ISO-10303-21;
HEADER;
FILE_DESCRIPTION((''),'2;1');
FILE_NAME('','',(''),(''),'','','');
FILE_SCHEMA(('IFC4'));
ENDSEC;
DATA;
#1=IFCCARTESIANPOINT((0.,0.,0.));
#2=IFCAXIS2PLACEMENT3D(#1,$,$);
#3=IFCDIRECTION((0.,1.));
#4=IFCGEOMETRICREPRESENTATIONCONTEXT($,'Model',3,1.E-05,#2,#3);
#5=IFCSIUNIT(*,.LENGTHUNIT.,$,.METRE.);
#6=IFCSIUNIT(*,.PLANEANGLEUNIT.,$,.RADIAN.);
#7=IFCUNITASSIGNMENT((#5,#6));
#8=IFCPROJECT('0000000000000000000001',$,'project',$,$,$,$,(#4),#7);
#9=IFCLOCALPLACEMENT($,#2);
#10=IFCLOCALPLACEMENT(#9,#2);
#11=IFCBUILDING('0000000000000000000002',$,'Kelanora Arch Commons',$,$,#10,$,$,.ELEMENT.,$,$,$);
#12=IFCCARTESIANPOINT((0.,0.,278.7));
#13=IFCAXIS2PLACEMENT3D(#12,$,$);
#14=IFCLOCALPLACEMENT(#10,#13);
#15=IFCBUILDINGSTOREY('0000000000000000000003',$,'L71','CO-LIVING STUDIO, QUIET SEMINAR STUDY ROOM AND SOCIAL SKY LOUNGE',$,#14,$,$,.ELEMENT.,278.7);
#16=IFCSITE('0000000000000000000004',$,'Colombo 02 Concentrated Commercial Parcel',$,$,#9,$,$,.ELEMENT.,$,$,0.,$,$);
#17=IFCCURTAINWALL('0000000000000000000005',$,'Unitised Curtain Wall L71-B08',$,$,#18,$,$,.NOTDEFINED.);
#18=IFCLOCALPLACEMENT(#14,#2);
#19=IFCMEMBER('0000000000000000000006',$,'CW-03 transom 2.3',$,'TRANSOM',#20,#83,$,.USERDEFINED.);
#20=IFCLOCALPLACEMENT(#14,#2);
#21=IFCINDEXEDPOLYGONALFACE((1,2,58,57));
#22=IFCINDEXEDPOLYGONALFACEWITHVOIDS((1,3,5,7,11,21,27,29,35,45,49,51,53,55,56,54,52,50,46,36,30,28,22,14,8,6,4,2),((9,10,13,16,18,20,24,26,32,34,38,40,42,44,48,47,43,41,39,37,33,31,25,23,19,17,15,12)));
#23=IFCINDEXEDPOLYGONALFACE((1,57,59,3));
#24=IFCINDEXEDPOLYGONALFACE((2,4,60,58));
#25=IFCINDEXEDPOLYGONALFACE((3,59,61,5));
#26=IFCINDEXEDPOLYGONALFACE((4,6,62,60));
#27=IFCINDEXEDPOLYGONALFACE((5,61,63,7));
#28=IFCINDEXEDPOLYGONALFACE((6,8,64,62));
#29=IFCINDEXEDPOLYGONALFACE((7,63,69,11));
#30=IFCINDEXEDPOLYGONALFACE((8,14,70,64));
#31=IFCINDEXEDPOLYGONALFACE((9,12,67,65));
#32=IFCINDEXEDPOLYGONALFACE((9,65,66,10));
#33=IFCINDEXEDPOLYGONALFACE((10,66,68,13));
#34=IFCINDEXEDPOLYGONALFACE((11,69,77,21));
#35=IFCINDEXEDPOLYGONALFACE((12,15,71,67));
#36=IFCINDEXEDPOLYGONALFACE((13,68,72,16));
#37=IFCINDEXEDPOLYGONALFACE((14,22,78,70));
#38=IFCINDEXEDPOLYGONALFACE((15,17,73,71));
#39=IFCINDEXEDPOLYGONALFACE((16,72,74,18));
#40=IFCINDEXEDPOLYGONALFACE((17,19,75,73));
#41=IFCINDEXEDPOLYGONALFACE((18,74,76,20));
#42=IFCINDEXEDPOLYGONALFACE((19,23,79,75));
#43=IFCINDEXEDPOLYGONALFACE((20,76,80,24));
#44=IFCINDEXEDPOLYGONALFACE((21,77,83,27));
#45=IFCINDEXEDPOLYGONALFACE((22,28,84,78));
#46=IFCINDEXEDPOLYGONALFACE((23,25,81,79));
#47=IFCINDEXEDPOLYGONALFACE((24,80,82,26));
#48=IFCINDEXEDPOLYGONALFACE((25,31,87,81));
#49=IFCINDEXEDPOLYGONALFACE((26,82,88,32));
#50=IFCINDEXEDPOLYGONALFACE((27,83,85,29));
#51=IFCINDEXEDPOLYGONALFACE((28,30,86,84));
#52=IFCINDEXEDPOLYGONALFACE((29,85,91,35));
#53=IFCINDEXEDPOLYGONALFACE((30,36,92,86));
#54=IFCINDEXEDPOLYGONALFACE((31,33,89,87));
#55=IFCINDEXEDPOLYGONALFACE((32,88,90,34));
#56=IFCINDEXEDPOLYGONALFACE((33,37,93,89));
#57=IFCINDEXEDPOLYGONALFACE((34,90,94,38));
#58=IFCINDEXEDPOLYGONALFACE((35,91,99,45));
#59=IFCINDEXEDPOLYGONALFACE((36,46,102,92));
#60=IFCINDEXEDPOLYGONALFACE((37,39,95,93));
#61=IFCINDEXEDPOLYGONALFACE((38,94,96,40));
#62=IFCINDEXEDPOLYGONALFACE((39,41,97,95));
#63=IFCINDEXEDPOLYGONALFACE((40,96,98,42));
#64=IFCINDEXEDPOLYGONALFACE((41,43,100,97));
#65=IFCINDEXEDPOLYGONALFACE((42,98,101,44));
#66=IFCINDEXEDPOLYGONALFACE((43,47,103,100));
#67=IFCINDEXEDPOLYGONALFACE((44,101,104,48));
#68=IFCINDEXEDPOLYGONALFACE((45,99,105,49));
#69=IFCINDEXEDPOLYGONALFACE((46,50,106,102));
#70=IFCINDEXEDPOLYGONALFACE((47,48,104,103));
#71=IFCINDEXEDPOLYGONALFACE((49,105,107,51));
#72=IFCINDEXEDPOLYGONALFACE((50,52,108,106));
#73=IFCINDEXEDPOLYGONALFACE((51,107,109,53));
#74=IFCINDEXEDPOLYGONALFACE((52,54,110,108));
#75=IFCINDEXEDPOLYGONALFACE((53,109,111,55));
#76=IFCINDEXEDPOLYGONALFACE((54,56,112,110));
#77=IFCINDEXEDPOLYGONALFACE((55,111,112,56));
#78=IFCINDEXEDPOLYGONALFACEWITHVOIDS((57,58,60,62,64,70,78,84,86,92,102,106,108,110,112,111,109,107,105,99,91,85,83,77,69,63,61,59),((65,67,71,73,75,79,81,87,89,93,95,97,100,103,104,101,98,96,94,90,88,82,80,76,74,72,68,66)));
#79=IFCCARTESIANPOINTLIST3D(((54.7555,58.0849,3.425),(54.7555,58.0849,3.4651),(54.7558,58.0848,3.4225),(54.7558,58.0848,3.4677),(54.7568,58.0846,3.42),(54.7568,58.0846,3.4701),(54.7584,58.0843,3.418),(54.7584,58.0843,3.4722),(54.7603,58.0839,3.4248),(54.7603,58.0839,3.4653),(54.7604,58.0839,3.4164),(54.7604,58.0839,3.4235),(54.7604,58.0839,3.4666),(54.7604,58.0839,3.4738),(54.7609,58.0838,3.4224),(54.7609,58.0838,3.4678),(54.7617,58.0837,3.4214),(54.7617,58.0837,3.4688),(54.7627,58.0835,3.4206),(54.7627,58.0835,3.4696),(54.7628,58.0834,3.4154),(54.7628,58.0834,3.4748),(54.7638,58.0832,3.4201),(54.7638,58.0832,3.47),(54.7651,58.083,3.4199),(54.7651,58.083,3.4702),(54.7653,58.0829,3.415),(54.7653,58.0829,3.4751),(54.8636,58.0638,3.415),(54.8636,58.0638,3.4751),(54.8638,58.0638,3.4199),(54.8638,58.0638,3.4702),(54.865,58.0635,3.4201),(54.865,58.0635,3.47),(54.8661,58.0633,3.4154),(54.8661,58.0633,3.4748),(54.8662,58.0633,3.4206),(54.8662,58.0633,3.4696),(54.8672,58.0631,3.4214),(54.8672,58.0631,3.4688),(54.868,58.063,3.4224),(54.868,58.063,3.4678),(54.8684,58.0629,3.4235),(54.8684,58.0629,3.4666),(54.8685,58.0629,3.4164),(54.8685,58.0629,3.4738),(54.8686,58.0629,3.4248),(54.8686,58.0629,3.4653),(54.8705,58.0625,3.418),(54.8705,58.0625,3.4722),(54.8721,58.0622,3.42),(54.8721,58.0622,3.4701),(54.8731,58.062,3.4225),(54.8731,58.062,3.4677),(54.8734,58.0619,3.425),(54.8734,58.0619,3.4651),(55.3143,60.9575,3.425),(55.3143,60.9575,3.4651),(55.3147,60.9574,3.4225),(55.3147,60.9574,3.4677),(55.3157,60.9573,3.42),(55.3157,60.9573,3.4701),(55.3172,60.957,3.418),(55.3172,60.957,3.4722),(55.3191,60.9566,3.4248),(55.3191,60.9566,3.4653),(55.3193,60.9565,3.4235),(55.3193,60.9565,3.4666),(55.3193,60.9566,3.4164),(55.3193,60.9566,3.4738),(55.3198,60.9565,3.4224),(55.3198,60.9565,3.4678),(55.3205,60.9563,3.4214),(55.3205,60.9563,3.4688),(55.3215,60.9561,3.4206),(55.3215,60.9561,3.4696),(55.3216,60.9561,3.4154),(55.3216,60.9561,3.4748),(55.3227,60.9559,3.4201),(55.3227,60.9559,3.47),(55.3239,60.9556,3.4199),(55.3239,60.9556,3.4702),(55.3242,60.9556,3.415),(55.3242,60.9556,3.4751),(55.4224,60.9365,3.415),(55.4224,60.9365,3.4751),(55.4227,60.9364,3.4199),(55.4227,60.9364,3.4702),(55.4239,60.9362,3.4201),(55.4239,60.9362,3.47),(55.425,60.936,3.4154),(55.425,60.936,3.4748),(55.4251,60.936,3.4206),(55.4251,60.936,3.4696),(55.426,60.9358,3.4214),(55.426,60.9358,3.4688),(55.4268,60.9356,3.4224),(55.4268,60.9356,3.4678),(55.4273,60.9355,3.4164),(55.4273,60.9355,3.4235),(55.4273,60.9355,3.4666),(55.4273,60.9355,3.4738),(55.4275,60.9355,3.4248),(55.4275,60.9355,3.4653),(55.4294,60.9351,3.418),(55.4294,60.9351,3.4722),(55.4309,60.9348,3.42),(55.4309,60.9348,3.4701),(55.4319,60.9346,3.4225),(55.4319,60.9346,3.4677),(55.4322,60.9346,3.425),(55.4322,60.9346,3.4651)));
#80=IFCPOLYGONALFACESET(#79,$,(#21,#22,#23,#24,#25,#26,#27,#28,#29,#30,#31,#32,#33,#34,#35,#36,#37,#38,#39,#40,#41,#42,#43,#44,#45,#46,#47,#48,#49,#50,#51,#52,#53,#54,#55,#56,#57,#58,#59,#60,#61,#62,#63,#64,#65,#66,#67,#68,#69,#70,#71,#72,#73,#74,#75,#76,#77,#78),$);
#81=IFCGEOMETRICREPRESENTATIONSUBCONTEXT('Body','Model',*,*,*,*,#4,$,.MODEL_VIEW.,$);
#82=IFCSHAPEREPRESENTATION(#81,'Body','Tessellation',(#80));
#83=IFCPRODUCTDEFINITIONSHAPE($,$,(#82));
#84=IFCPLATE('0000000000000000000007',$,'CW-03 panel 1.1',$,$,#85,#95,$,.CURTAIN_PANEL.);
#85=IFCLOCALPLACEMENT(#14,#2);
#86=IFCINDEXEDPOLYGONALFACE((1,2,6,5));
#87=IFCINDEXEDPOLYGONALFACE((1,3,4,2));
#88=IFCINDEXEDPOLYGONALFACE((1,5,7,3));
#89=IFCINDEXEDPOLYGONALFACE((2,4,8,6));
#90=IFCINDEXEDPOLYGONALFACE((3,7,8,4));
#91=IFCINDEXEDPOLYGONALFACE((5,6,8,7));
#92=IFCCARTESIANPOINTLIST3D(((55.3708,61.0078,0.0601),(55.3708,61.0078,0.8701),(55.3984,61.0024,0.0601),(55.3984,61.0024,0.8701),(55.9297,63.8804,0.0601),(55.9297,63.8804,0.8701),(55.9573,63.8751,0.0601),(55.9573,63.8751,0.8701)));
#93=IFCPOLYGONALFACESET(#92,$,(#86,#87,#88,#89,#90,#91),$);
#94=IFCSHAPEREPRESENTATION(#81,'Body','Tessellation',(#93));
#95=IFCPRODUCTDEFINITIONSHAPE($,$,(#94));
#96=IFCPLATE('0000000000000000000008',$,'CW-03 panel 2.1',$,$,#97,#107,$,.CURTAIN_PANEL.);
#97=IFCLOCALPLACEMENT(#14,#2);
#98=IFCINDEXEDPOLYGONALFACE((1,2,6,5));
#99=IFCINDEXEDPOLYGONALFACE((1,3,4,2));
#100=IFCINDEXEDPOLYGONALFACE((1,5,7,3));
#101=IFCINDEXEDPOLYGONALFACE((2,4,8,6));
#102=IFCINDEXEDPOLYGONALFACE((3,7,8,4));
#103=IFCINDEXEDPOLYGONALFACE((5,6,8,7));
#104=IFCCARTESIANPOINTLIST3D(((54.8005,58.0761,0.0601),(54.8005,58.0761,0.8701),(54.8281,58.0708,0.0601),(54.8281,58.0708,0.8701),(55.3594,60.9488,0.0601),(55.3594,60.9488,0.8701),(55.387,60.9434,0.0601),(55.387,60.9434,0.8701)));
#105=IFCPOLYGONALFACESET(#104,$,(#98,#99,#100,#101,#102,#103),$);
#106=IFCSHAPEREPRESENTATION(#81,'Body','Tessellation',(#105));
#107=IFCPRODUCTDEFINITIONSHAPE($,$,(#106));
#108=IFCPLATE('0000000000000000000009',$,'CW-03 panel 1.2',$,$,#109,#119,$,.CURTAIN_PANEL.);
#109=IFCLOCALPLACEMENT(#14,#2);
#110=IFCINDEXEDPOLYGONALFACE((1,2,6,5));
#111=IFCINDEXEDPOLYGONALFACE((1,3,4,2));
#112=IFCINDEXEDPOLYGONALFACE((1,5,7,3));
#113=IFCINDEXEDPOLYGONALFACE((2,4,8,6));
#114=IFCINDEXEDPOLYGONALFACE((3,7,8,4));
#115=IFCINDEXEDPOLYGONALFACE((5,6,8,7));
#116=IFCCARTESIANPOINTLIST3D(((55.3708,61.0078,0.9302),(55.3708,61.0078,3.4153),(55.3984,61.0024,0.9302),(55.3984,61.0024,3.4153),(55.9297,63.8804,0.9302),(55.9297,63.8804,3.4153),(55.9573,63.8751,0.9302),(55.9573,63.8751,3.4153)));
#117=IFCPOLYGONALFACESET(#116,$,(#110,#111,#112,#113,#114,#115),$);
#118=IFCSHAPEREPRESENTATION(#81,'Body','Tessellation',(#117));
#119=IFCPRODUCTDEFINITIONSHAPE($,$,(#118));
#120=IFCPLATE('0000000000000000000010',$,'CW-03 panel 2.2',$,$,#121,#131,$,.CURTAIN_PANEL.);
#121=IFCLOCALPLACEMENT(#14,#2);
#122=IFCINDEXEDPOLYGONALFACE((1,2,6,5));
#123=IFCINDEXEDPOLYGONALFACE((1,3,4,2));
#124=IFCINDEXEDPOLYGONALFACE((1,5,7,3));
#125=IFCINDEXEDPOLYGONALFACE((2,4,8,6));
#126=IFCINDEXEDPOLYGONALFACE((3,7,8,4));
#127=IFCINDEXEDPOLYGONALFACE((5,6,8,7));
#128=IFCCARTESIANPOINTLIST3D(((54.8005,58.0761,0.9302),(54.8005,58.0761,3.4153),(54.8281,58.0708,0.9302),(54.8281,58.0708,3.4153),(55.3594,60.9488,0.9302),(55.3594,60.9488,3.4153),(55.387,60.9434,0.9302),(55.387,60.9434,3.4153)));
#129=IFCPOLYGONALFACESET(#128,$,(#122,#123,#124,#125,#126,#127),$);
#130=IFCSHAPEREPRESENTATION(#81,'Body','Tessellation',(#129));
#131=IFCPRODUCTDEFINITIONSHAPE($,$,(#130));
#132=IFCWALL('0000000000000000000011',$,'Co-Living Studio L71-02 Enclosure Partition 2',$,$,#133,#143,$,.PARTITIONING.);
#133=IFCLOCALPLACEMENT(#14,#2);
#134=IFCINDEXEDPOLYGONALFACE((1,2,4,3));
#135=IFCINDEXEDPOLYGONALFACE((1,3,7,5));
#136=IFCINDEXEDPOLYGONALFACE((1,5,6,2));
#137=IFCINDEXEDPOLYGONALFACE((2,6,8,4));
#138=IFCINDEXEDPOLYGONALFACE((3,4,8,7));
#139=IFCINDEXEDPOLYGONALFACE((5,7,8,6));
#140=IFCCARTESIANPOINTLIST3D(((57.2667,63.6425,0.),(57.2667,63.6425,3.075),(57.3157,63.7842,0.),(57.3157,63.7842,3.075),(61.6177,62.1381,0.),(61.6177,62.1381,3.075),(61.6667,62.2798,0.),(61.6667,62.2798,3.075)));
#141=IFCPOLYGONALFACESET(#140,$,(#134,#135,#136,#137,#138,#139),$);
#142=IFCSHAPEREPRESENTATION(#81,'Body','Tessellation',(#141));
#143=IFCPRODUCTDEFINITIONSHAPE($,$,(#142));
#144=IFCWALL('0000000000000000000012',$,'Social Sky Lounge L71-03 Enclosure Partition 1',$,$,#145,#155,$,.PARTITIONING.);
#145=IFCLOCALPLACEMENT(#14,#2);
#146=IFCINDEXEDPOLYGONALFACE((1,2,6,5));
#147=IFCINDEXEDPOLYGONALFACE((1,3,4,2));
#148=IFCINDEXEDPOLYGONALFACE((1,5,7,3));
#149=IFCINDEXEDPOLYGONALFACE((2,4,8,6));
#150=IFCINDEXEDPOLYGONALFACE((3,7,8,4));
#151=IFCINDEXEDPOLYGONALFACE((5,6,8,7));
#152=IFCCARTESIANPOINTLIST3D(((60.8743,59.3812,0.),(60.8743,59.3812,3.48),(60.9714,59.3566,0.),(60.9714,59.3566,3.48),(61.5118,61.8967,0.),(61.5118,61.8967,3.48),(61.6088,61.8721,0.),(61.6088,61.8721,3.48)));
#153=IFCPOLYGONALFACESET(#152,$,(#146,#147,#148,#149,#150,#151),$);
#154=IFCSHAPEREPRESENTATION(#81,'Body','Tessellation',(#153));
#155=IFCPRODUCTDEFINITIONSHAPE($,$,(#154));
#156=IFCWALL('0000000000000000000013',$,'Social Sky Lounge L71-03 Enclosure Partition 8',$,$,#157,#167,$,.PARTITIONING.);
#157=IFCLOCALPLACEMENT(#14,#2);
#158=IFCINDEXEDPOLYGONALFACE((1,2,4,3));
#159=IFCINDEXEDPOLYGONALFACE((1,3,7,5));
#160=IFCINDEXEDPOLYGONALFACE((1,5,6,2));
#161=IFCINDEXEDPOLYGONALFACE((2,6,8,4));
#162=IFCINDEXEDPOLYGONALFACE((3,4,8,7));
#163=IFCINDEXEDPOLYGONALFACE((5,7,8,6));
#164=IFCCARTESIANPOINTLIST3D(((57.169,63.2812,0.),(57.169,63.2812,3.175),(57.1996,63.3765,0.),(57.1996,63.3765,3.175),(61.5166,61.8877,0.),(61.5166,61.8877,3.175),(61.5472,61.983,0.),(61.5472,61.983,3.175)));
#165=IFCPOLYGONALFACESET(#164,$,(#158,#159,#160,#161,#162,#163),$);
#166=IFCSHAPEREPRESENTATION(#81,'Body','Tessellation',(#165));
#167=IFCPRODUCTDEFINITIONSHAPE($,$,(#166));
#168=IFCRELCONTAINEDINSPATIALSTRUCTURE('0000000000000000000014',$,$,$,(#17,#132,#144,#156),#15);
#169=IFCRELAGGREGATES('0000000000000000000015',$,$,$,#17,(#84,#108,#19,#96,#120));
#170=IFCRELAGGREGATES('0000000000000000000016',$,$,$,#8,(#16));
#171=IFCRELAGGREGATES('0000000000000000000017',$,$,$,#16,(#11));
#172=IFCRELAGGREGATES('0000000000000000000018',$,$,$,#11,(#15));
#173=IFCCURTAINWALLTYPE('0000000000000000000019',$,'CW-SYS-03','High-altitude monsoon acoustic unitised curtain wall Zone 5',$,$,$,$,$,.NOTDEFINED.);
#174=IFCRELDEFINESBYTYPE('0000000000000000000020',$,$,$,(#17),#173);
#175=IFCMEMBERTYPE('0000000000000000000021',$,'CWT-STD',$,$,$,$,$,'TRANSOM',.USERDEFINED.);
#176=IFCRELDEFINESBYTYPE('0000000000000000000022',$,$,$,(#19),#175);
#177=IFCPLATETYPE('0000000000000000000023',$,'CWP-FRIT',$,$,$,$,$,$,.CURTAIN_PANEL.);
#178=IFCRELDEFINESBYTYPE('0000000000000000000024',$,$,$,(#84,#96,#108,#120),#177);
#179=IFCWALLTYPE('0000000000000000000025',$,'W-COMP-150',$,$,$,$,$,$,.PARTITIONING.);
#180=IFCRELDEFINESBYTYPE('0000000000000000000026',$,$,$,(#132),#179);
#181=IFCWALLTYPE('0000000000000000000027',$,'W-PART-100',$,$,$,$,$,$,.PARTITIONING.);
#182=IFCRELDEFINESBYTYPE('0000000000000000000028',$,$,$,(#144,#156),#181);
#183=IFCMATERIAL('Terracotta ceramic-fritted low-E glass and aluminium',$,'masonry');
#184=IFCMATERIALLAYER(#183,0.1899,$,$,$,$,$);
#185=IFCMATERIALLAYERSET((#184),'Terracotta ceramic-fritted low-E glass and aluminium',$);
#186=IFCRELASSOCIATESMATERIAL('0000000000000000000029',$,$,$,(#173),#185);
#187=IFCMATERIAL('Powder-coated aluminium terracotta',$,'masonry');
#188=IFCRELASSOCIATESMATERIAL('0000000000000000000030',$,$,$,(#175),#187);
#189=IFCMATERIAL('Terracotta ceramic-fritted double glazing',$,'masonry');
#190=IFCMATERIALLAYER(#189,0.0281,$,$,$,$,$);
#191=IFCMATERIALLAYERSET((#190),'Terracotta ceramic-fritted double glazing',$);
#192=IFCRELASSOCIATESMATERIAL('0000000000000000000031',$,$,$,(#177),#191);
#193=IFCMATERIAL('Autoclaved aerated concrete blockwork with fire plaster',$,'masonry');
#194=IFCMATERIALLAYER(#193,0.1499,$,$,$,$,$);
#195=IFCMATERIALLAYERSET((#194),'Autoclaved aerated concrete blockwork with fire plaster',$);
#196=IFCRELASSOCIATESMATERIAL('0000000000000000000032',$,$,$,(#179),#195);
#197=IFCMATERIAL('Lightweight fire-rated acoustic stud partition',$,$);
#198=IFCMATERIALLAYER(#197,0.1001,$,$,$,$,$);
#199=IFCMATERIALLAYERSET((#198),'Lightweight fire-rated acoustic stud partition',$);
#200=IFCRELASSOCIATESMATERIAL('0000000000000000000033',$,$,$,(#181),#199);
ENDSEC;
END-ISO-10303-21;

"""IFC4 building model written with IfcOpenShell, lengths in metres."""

from ifc_helpers import new_model, si_unit, direction, frame, frame_2d, origin, origin_2d, place, context, subcontext, project, spatial, rectangle, hollow_rectangle, extrude, source, transform, mapped, material, layer, layer_set, material_profile, profile_set, type_object, element, aggregate, save


model = new_model("IFC4")

# Units and contexts
model_context = context("Model", 3, precision=1e-05, world=origin(), true_north=direction((0.0, 1.0)))
body_context = subcontext(model_context, "Body", "Model", "MODEL_VIEW")
ifc_project = project(units=[si_unit("LENGTHUNIT", "METRE"), si_unit("PLANEANGLEUNIT", "RADIAN")], contexts=[model_context])

# Site, building, storey
site_placement = place(None, origin())
site = spatial("IfcSite", under=ifc_project, at=site_placement, Name="Colombo 02 Concentrated Commercial Parcel", CompositionType="ELEMENT", RefElevation=0.0)
building_placement = place(site_placement, origin())
building = spatial("IfcBuilding", under=site, at=building_placement, Name="Kelanora Arch Commons", CompositionType="ELEMENT")
storey_placement = place(building_placement, frame((0.0, 0.0, 278.7)))
storey = spatial("IfcBuildingStorey", under=building, at=storey_placement, Name="L71", Description="CO-LIVING STUDIO, QUIET SEMINAR STUDY ROOM AND SOCIAL SKY LOUNGE", CompositionType="ELEMENT", Elevation=278.7)

# Curtain wall, member, plates
ifc_material_1 = material(Name="Terracotta ceramic-fritted low-E glass and aluminium", Category="masonry")
ifc_layer_1 = layer(ifc_material_1, 0.1899)
ifc_layer_set_1 = layer_set([ifc_layer_1], Name="Terracotta ceramic-fritted low-E glass and aluminium")
curtain_wall_type = type_object("IfcCurtainWallType", Name="CW-SYS-03", Description="High-altitude monsoon acoustic unitised curtain wall Zone 5", PredefinedType="NOTDEFINED", material=ifc_layer_set_1)
curtain_wall_placement = place(storey_placement, origin())
curtain_wall = element("IfcCurtainWall", 1, at=curtain_wall_placement, inside=storey, type_object=curtain_wall_type, Name="Unitised Curtain Wall L71-B08", PredefinedType="NOTDEFINED")
ifc_material_2 = material(Name="Powder-coated aluminium terracotta", Category="masonry")
ifc_material_profile_1 = material_profile(ifc_material_2, hollow_rectangle(XDim=0.1201, YDim=0.0601, WallThickness=0.0049, InnerFilletRadius=0.0049, OuterFilletRadius=0.01, at=origin_2d()), Name="CWT120x60")
ifc_profile_set_1 = profile_set([ifc_material_profile_1], Name="Powder-coated aluminium terracotta")
member_type_1 = type_object("IfcMemberType", Name="CWT-STD", ElementType="TRANSOM", PredefinedType="USERDEFINED", material=ifc_profile_set_1)
member_1_placement = place(storey_placement, frame((55.3733, 60.946, 3.4451), z_axis=(-0.190963, -0.981597, 0.0), x_axis=(0.981597, -0.190963, 0.0)))
member_1 = element("IfcMember", 2, at=member_1_placement, type_object=member_type_1, Name="CW-03 transom 2.3", ObjectType="TRANSOM", PredefinedType="USERDEFINED", context=body_context, shape_type="SweptSolid", body=[
    extrude(hollow_rectangle(XDim=0.1201, YDim=0.0601, WallThickness=0.0049, InnerFilletRadius=0.0049, OuterFilletRadius=0.01, at=origin_2d()), origin(), (0.0, 0.0, 1.0), 2.9265),
])
ifc_material_3 = material(Name="Terracotta ceramic-fritted double glazing", Category="masonry")
ifc_layer_2 = layer(ifc_material_3, 0.0281)
ifc_layer_set_2 = layer_set([ifc_layer_2], Name="Terracotta ceramic-fritted double glazing")
plate_type = type_object("IfcPlateType", Name="CWP-FRIT", PredefinedType="CURTAIN_PANEL", material=ifc_layer_set_2)
shared_shape_1 = source(origin(), body_context, "Body", "SweptSolid", [
    extrude(rectangle(XDim=2.9265, YDim=0.0281, at=origin_2d()), origin(), (0.0, 0.0, 1.0), 0.8101),
])
plate_1_placement = place(storey_placement, frame((55.6641, 62.4414, 0.0601), z_axis=(0.0, 0.0, 1.0), x_axis=(-0.190972, -0.981596, 0.0)))
plate_1 = element("IfcPlate", 3, at=plate_1_placement, type_object=plate_type, Name="CW-03 panel 1.1", PredefinedType="CURTAIN_PANEL", context=body_context, shape_type="MappedRepresentation", body=[
    mapped(shared_shape_1, transform((0.0, 0.0, 0.0), scale=1.0)),
])
plate_2_placement = place(storey_placement, frame((55.0938, 59.5098, 0.0601), z_axis=(0.0, 0.0, 1.0), x_axis=(-0.190972, -0.981596, 0.0)))
plate_2 = element("IfcPlate", 4, at=plate_2_placement, type_object=plate_type, Name="CW-03 panel 2.1", PredefinedType="CURTAIN_PANEL", context=body_context, shape_type="MappedRepresentation", body=[
    mapped(shared_shape_1, transform((0.0, 0.0, 0.0), scale=1.0)),
])
shared_shape_2 = source(origin(), body_context, "Body", "SweptSolid", [
    extrude(rectangle(XDim=2.9265, YDim=0.0281, at=origin_2d()), origin(), (0.0, 0.0, 1.0), 2.4851),
])
plate_3_placement = place(storey_placement, frame((55.6641, 62.4414, 0.9302), z_axis=(0.0, 0.0, 1.0), x_axis=(-0.190972, -0.981596, 0.0)))
plate_3 = element("IfcPlate", 5, at=plate_3_placement, type_object=plate_type, Name="CW-03 panel 1.2", PredefinedType="CURTAIN_PANEL", context=body_context, shape_type="MappedRepresentation", body=[
    mapped(shared_shape_2, transform((0.0, 0.0, 0.0), scale=1.0)),
])
plate_4_placement = place(storey_placement, frame((55.0938, 59.5098, 0.9302), z_axis=(0.0, 0.0, 1.0), x_axis=(-0.190972, -0.981596, 0.0)))
plate_4 = element("IfcPlate", 6, at=plate_4_placement, type_object=plate_type, Name="CW-03 panel 2.2", PredefinedType="CURTAIN_PANEL", context=body_context, shape_type="MappedRepresentation", body=[
    mapped(shared_shape_2, transform((0.0, 0.0, 0.0), scale=1.0)),
])
aggregate(curtain_wall, [plate_1, plate_3, member_1, plate_2, plate_4])

# Walls
ifc_material_4 = material(Name="Autoclaved aerated concrete blockwork with fire plaster", Category="masonry")
ifc_layer_3 = layer(ifc_material_4, 0.1499)
ifc_layer_set_3 = layer_set([ifc_layer_3], Name="Autoclaved aerated concrete blockwork with fire plaster")
wall_type_1 = type_object("IfcWallType", Name="W-COMP-150", PredefinedType="PARTITIONING", material=ifc_layer_set_3)
wall_1_placement = place(storey_placement, frame((61.6421, 62.209, 0.0), z_axis=(0.0, 0.0, 1.0), x_axis=(-0.945103, 0.326772, 0.0)))
element("IfcWall", 7, at=wall_1_placement, inside=storey, type_object=wall_type_1, Name="Co-Living Studio L71-02 Enclosure Partition 2", PredefinedType="PARTITIONING", context=body_context, shape_type="SweptSolid", body=[
    extrude(rectangle(XDim=4.6038, YDim=0.1499, at=frame_2d((2.3018, 0.0))), origin(), (0.0, 0.0, 1.0), 3.075),
])
ifc_material_5 = material(Name="Lightweight fire-rated acoustic stud partition")
ifc_layer_4 = layer(ifc_material_5, 0.1001)
ifc_layer_set_4 = layer_set([ifc_layer_4], Name="Lightweight fire-rated acoustic stud partition")
wall_type_2 = type_object("IfcWallType", Name="W-PART-100", PredefinedType="PARTITIONING", material=ifc_layer_set_4)
wall_2_placement = place(storey_placement, frame((61.5603, 61.8843, 0.0), z_axis=(0.0, 0.0, 1.0), x_axis=(-0.245656, -0.969357, 0.0)))
element("IfcWall", 8, at=wall_2_placement, inside=storey, type_object=wall_type_2, Name="Social Sky Lounge L71-03 Enclosure Partition 1", PredefinedType="PARTITIONING", context=body_context, shape_type="SweptSolid", body=[
    extrude(rectangle(XDim=2.595, YDim=0.1001, at=frame_2d((1.2974, 0.0))), origin(), (0.0, 0.0, 1.0), 3.48),
])
wall_3_placement = place(storey_placement, frame((57.1843, 63.3289, 0.0), z_axis=(0.0, 0.0, 1.0), x_axis=(0.952278, -0.305234, 0.0)))
element("IfcWall", 9, at=wall_3_placement, inside=storey, type_object=wall_type_2, Name="Social Sky Lounge L71-03 Enclosure Partition 8", PredefinedType="PARTITIONING", context=body_context, shape_type="SweptSolid", body=[
    extrude(rectangle(XDim=4.5654, YDim=0.1001, at=frame_2d((2.2827, 0.0))), origin(), (0.0, 0.0, 1.0), 3.175),
])

save(model, "model.ifc")
